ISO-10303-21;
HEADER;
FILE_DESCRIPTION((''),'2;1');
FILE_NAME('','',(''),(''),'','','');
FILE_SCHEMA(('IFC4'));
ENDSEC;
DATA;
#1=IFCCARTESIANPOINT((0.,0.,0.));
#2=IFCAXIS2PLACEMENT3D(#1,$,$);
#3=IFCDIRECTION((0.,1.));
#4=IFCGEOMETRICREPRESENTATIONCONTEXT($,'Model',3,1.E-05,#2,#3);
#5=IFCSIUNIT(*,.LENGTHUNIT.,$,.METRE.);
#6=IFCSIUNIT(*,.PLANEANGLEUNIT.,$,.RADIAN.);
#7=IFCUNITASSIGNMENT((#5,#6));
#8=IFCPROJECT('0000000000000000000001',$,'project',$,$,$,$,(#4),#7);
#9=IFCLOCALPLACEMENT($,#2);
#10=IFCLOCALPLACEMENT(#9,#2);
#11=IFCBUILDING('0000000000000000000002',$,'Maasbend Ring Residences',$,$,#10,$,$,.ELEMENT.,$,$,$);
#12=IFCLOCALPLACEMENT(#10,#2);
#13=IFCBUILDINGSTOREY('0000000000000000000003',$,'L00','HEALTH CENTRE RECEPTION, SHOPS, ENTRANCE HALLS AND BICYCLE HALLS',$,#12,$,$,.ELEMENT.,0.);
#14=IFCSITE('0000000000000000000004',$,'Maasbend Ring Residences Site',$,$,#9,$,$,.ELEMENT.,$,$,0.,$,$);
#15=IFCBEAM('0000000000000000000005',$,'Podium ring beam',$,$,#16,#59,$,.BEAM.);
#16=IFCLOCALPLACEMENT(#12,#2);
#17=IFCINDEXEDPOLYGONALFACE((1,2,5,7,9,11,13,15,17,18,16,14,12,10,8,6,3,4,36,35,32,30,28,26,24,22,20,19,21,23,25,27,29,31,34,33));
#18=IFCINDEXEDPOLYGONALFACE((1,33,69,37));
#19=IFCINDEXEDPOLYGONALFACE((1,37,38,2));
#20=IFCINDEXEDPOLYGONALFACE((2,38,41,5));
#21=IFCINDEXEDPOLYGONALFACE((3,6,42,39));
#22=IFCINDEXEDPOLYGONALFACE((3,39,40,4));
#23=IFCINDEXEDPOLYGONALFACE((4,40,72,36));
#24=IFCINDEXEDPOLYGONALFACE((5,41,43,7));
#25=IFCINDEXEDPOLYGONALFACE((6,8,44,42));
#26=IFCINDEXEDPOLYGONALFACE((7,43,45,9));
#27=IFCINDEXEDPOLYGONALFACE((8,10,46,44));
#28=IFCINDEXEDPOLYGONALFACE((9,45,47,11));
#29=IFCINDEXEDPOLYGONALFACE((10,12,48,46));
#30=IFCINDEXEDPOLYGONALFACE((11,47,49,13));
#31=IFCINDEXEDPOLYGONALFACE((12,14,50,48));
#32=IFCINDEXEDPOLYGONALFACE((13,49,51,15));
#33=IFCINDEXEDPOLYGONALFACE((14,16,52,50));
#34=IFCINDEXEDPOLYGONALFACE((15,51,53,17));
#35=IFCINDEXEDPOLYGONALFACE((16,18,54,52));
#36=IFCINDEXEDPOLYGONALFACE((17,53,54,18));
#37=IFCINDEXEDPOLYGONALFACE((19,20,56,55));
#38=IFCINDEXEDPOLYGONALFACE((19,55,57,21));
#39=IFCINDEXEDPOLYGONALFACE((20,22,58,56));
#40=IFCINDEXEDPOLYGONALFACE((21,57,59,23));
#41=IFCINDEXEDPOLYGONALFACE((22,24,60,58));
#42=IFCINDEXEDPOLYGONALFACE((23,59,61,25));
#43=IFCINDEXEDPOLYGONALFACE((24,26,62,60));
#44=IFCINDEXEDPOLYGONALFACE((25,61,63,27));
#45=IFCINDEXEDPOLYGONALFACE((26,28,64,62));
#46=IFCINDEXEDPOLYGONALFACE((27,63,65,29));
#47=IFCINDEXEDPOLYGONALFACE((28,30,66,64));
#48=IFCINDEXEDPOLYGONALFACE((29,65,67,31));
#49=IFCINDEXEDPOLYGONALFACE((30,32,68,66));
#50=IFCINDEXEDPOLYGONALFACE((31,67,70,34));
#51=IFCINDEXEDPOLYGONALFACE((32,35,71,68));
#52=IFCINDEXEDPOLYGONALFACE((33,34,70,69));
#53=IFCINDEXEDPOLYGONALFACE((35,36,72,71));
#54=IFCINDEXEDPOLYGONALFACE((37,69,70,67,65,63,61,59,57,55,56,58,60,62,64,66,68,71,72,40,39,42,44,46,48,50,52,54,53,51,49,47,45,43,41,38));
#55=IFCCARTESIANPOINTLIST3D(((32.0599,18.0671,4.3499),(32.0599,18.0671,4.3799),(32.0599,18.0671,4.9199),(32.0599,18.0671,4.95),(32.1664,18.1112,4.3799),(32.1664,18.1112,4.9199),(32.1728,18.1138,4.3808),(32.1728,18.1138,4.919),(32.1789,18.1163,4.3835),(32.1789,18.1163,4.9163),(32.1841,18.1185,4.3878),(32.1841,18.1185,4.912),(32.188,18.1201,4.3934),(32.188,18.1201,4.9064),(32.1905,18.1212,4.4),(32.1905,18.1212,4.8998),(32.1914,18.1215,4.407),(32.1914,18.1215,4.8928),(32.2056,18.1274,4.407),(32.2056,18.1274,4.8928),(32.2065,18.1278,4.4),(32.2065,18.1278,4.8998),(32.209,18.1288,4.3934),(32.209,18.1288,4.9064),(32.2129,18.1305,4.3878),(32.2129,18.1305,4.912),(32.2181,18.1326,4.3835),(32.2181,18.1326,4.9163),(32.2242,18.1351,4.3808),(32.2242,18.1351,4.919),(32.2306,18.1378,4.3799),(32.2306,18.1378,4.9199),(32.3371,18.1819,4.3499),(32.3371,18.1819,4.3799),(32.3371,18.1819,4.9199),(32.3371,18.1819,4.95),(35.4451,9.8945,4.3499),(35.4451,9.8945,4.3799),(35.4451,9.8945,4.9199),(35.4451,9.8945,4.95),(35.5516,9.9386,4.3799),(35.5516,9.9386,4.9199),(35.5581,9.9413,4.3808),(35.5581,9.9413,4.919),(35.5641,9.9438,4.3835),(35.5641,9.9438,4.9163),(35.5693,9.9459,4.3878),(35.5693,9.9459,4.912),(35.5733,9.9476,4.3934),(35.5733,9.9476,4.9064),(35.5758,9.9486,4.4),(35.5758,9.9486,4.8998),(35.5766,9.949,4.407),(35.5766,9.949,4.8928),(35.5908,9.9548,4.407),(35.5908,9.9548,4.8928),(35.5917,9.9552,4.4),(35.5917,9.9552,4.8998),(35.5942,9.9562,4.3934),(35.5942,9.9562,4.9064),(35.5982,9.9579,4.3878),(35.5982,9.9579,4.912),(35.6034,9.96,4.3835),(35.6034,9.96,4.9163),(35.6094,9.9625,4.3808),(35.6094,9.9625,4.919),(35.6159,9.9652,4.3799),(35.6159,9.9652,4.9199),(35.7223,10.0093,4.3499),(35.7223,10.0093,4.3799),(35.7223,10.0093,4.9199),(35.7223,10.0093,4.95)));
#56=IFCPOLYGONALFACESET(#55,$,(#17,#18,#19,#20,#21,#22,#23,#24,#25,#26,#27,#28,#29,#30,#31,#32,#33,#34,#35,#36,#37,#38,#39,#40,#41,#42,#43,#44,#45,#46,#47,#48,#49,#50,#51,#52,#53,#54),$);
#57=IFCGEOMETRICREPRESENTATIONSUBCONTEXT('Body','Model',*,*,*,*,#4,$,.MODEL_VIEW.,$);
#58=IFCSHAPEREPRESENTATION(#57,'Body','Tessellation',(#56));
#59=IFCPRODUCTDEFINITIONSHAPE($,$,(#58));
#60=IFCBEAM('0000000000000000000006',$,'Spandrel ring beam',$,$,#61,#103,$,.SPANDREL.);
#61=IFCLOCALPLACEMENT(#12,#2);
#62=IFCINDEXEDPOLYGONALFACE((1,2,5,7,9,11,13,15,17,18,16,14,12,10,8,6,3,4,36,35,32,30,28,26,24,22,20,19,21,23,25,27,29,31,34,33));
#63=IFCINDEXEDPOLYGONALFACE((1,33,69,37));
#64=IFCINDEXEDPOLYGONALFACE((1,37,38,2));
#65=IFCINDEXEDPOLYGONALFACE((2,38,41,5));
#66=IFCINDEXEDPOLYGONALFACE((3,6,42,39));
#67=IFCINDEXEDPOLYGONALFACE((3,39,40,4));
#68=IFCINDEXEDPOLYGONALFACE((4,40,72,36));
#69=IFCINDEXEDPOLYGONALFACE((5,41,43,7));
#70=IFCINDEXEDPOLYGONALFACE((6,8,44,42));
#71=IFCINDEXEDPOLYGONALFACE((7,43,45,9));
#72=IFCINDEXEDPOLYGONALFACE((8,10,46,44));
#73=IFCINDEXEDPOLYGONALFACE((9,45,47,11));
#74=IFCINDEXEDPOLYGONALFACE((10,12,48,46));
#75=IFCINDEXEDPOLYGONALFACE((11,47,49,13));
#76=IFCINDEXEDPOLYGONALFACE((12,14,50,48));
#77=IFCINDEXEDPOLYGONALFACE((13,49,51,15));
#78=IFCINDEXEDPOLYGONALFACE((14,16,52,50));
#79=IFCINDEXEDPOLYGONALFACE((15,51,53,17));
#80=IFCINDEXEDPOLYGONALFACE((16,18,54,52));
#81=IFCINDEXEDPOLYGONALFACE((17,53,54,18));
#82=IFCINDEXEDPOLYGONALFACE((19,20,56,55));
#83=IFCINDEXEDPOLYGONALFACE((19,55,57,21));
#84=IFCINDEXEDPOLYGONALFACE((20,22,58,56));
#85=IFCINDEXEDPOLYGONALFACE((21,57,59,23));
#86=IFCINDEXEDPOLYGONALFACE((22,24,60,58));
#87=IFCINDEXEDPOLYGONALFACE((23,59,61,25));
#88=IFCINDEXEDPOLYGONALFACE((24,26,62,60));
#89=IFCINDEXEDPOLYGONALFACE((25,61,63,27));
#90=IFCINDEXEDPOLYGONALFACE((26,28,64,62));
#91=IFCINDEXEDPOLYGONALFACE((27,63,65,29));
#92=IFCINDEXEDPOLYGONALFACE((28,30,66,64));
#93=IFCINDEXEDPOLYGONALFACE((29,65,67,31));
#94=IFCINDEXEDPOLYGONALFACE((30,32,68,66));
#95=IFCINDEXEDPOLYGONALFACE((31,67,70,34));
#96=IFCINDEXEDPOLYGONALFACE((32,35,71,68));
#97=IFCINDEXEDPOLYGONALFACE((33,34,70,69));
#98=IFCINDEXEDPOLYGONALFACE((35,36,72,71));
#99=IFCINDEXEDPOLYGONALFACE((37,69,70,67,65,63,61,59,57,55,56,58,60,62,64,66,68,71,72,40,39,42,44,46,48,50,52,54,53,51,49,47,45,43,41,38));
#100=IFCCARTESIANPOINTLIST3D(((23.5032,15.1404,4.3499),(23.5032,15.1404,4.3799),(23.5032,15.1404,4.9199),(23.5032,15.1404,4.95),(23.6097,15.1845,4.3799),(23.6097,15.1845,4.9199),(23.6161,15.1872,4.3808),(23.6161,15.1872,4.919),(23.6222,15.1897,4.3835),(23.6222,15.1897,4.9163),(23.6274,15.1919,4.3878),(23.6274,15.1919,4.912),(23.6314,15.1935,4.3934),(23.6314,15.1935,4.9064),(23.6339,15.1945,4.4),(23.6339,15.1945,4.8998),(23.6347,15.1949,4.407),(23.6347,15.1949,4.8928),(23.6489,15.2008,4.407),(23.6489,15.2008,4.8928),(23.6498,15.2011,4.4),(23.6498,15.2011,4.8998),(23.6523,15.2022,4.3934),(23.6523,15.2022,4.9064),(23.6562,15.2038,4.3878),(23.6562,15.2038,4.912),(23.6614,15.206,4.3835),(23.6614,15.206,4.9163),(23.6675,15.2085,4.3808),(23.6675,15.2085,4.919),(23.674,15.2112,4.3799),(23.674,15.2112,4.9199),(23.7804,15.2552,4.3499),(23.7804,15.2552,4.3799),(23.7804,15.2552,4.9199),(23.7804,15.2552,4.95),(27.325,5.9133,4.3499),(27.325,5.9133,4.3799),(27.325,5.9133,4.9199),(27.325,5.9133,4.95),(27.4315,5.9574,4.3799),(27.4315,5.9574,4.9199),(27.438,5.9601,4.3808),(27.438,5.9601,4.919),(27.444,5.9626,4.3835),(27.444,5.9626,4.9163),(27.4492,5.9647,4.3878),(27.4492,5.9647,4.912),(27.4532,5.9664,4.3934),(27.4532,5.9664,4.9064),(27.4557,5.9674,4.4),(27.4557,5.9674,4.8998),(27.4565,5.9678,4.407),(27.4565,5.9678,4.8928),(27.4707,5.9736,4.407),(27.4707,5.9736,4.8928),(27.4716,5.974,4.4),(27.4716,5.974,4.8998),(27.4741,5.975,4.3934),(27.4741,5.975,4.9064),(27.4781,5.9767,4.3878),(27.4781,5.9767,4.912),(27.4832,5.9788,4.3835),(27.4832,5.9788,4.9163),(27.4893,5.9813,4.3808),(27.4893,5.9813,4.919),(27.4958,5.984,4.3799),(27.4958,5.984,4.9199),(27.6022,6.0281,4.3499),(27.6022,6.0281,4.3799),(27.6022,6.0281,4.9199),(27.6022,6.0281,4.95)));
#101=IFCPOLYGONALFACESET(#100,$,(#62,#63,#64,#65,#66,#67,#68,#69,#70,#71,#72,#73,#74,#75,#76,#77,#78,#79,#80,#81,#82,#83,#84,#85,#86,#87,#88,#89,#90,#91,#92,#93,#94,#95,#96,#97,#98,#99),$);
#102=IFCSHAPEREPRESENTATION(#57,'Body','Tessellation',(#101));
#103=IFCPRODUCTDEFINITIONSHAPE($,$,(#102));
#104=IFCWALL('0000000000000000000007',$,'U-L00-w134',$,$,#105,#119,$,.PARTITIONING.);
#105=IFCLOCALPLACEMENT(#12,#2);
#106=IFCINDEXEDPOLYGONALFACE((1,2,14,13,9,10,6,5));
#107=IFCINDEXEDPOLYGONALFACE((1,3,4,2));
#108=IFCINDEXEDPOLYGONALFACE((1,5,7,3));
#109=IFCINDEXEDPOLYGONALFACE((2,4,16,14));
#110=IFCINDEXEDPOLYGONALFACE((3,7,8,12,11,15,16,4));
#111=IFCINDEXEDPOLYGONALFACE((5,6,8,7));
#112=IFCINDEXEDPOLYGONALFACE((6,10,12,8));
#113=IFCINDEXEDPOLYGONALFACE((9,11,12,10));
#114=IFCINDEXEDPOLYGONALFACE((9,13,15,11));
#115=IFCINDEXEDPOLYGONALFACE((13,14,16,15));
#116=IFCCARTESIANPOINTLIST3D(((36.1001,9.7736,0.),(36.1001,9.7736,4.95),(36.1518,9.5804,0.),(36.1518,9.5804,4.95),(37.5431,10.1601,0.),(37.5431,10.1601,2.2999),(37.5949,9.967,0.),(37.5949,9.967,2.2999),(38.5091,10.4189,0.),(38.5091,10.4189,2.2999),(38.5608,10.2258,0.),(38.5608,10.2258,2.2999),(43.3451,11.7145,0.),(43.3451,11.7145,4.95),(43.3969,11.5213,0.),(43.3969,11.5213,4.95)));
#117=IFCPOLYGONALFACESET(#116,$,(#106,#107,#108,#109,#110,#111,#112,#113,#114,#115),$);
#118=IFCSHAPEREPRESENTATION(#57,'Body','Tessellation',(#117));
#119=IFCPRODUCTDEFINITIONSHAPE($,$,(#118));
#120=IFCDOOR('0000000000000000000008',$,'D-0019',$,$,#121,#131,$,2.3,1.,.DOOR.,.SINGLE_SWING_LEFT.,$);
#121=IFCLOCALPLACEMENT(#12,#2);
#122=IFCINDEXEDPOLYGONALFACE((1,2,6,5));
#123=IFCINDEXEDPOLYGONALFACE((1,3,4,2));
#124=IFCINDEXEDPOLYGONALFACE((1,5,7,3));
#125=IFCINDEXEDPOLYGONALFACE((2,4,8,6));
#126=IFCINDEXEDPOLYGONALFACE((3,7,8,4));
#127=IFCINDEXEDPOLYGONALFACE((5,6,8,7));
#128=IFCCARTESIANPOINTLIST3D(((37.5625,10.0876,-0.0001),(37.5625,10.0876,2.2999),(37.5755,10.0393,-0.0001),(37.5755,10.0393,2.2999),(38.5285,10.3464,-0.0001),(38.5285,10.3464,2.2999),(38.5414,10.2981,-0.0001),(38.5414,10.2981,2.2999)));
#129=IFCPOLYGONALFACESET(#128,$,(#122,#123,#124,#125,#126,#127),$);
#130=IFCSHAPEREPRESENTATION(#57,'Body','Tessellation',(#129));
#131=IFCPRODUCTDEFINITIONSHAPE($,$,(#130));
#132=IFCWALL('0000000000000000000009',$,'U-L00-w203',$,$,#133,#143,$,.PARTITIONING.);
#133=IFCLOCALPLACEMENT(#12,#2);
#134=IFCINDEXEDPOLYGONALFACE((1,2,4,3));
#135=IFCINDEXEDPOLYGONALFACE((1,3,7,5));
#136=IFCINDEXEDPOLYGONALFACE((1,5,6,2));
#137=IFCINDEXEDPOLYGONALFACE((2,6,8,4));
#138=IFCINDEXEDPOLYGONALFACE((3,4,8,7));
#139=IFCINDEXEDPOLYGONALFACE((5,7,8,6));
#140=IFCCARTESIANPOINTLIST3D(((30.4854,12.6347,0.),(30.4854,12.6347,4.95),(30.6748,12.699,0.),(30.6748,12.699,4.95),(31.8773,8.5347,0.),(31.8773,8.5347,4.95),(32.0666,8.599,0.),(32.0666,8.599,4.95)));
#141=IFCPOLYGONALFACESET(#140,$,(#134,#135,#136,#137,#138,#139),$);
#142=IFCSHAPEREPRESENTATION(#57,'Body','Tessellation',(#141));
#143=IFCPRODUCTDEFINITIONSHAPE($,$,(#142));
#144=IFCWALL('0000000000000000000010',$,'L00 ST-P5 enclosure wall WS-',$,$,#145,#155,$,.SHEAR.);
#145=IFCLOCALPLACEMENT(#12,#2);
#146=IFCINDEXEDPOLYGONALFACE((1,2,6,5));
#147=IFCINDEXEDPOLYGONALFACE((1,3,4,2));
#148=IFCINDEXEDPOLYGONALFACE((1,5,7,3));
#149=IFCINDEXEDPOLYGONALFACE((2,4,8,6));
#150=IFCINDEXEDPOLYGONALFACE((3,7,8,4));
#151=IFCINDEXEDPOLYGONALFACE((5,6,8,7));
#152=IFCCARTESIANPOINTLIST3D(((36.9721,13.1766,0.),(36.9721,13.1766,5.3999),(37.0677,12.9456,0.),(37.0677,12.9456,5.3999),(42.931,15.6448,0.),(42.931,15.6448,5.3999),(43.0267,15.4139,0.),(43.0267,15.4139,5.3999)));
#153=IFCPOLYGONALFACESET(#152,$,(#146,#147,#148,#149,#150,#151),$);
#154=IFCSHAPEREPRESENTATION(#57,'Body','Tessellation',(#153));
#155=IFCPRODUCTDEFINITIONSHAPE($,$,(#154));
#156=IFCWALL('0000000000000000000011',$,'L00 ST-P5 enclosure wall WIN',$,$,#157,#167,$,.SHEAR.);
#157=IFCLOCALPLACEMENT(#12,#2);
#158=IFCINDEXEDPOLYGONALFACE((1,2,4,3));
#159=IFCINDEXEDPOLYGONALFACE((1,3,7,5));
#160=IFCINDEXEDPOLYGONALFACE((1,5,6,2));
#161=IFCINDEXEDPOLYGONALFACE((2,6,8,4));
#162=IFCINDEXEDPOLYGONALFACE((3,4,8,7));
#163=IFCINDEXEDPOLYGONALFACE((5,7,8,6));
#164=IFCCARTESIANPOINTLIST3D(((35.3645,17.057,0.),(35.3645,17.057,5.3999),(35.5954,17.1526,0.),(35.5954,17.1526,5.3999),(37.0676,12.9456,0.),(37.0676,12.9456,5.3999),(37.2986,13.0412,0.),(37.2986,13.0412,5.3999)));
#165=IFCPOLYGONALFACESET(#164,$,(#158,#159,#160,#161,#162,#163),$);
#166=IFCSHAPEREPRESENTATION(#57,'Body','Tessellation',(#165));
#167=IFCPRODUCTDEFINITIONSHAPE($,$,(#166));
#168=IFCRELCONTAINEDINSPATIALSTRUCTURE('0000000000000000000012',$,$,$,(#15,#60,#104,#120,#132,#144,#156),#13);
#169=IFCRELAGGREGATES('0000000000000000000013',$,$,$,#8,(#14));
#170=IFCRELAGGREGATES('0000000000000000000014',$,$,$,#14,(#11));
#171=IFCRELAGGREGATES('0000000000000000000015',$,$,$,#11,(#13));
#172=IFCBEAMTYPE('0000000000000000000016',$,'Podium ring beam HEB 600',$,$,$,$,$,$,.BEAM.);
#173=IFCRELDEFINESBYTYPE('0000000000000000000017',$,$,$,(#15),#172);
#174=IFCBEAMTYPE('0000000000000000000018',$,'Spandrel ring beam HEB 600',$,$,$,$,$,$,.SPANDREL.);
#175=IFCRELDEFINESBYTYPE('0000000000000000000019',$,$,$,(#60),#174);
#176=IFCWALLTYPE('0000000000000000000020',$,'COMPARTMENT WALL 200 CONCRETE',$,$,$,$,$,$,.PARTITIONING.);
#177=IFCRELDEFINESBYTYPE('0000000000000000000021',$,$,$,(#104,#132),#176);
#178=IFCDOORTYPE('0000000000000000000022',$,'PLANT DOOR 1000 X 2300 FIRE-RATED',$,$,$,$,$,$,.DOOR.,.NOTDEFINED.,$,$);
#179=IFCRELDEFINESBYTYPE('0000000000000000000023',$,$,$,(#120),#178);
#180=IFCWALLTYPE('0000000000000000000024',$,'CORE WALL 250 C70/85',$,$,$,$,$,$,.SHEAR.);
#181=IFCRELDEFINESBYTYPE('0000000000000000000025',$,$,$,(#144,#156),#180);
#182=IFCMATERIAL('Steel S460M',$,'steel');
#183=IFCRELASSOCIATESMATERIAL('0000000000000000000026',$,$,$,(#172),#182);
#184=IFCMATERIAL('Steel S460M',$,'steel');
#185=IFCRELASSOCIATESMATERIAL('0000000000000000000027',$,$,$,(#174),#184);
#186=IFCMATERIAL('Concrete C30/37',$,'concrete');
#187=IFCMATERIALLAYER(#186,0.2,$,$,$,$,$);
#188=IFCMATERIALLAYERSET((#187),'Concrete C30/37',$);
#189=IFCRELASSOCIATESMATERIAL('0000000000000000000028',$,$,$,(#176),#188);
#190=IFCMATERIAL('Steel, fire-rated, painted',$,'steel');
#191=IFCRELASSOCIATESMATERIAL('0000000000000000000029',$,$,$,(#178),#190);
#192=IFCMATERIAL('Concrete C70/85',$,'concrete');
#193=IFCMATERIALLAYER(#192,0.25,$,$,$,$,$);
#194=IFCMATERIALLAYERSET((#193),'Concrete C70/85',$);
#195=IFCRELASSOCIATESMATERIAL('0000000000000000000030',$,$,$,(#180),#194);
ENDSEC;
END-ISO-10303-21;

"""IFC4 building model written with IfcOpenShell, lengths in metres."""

from ifc_helpers import new_model, si_unit, direction, frame, frame_2d, origin, origin_2d, place, context, subcontext, project, spatial, rectangle, i_section, extrude, material, layer, layer_set, material_profile, profile_set, type_object, element, fill, save


model = new_model("IFC4")

# Units and contexts
model_context = context("Model", 3, precision=1e-05, world=origin(), true_north=direction((0.0, 1.0)))
body_context = subcontext(model_context, "Body", "Model", "MODEL_VIEW")
ifc_project = project(units=[si_unit("LENGTHUNIT", "METRE"), si_unit("PLANEANGLEUNIT", "RADIAN")], contexts=[model_context])

# Site, building, storey
site_placement = place(None, origin())
site = spatial("IfcSite", under=ifc_project, at=site_placement, Name="Maasbend Ring Residences Site", CompositionType="ELEMENT", RefElevation=0.0)
building_placement = place(site_placement, origin())
building = spatial("IfcBuilding", under=site, at=building_placement, Name="Maasbend Ring Residences", CompositionType="ELEMENT")
storey_placement = place(building_placement, origin())
storey = spatial("IfcBuildingStorey", under=building, at=storey_placement, Name="L00", Description="HEALTH CENTRE RECEPTION, SHOPS, ENTRANCE HALLS AND BICYCLE HALLS", CompositionType="ELEMENT", Elevation=0.0)

# Beams
ifc_material_1 = material(Name="Steel S460M", Category="steel")
ifc_material_profile_1 = material_profile(ifc_material_1, i_section(OverallWidth=0.3, OverallDepth=0.6001, WebThickness=0.0154, FlangeThickness=0.03, FilletRadius=0.0271, at=origin_2d()), Name="HEB 600")
ifc_profile_set_1 = profile_set([ifc_material_profile_1], Name="Steel S460M")
beam_type_1 = type_object("IfcBeamType", Name="Podium ring beam HEB 600", PredefinedType="BEAM", material=ifc_profile_set_1)
for number, where, z_axis, x_axis, name in (
    (1, (35.5837, 9.9519, 4.6499), (-0.382688, 0.923878, 0.0), (-0.923878, -0.382688, 0.0), "Podium ring beam"),
):
    element("IfcBeam", number, at=place(storey_placement, frame(where, z_axis=z_axis, x_axis=x_axis)), inside=storey, type_object=beam_type_1, Name=name, PredefinedType="BEAM", context=body_context, shape_type="SweptSolid", body=[
        extrude(i_section(OverallWidth=0.3, OverallDepth=0.6001, WebThickness=0.0154, FlangeThickness=0.03, FilletRadius=0.0271, at=origin_2d()), origin(), (0.0, 0.0, 1.0), 8.8459),
    ])
ifc_material_2 = material(Name="Steel S460M", Category="steel")
ifc_material_profile_2 = material_profile(ifc_material_2, i_section(OverallWidth=0.3, OverallDepth=0.6001, WebThickness=0.0154, FlangeThickness=0.03, FilletRadius=0.0271, at=origin_2d()), Name="HEB 600")
ifc_profile_set_2 = profile_set([ifc_material_profile_2], Name="Steel S460M")
beam_type_2 = type_object("IfcBeamType", Name="Spandrel ring beam HEB 600", PredefinedType="SPANDREL", material=ifc_profile_set_2)
beam_1_placement = place(storey_placement, frame((27.4636, 5.9707, 4.6499), z_axis=(-0.382667, 0.923886, 0.0), x_axis=(-0.923886, -0.382667, 0.0)))
element("IfcBeam", 2, at=beam_1_placement, inside=storey, type_object=beam_type_2, Name="Spandrel ring beam", PredefinedType="SPANDREL", context=body_context, shape_type="SweptSolid", body=[
    extrude(i_section(OverallWidth=0.3, OverallDepth=0.6001, WebThickness=0.0154, FlangeThickness=0.03, FilletRadius=0.0271, at=origin_2d()), origin(), (0.0, 0.0, 1.0), 9.9873),
])

# Wall, opening, door
ifc_material_3 = material(Name="Concrete C30/37", Category="concrete")
ifc_layer_1 = layer(ifc_material_3, 0.2)
ifc_layer_set_1 = layer_set([ifc_layer_1], Name="Concrete C30/37")
wall_type_1 = type_object("IfcWallType", Name="COMPARTMENT WALL 200 CONCRETE", PredefinedType="PARTITIONING", material=ifc_layer_set_1)
wall_1_placement = place(storey_placement, frame((36.126, 9.677, 0.0), z_axis=(0.0, 0.0, 1.0), x_axis=(0.965939, 0.258769, 0.0)))
wall_1 = element("IfcWall", 3, at=wall_1_placement, inside=storey, type_object=wall_type_1, Name="U-L00-w134", PredefinedType="PARTITIONING", context=body_context, shape_type="SweptSolid", body=[
    extrude(rectangle(XDim=7.5005, YDim=0.2, at=frame_2d((3.7502, 0.0))), origin(), (0.0, 0.0, 1.0), 4.95),
])
opening_1_placement = place(wall_1_placement, frame((1.4939, 0.0, 0.0)))
opening_1 = element("IfcOpeningElement", 4, at=opening_1_placement, cuts=wall_1, PredefinedType="OPENING", context=body_context, shape_type="SweptSolid", body=[
    extrude(rectangle(XDim=1.0, YDim=2.3, at=frame_2d((0.5, 1.1499))), frame((0.0, 0.1099, 0.0), z_axis=(0.0, -1.0, 0.0), x_axis=(1.0, 0.0, 0.0)), (0.0, 0.0, 1.0), 0.22),
])
ifc_material_4 = material(Name="Steel, fire-rated, painted", Category="steel")
door_type_1 = type_object("IfcDoorType", Name="PLANT DOOR 1000 X 2300 FIRE-RATED", OperationType="NOTDEFINED", PredefinedType="DOOR", material=ifc_material_4)
door_1_placement = place(opening_1_placement, origin())
door_1 = element("IfcDoor", 5, at=door_1_placement, inside=storey, type_object=door_type_1, Name="D-0019", OperationType="SINGLE_SWING_LEFT", OverallHeight=2.3, OverallWidth=1.0, PredefinedType="DOOR", context=body_context, shape_type="SweptSolid", body=[
    extrude(rectangle(XDim=1.0, YDim=2.3, at=frame_2d((0.5, 1.1499))), frame((0.0, 0.0249, 0.0), z_axis=(0.0, -1.0, 0.0), x_axis=(1.0, 0.0, 0.0)), (0.0, 0.0, 1.0), 0.05),
])
fill(opening_1, door_1)

# Walls
wall_2_placement = place(storey_placement, frame((30.5801, 12.667, 0.0), z_axis=(0.0, 0.0, 1.0), x_axis=(0.32145, -0.946927, 0.0)))
element("IfcWall", 6, at=wall_2_placement, inside=storey, type_object=wall_type_1, Name="U-L00-w203", PredefinedType="PARTITIONING", context=body_context, shape_type="SweptSolid", body=[
    extrude(rectangle(XDim=4.3298, YDim=0.2, at=frame_2d((2.165, 0.0))), origin(), (0.0, 0.0, 1.0), 4.95),
])
ifc_material_5 = material(Name="Concrete C70/85", Category="concrete")
ifc_layer_2 = layer(ifc_material_5, 0.25)
ifc_layer_set_2 = layer_set([ifc_layer_2], Name="Concrete C70/85")
wall_type_2 = type_object("IfcWallType", Name="CORE WALL 250 C70/85", PredefinedType="SHEAR", material=ifc_layer_set_2)
wall_3_placement = place(storey_placement, frame((37.0198, 13.061, 0.0), z_axis=(0.0, 0.0, 1.0), x_axis=(0.923881, 0.382679, 0.0)))
element("IfcWall", 7, at=wall_3_placement, inside=storey, type_object=wall_type_2, Name="L00 ST-P5 enclosure wall WS-", PredefinedType="SHEAR", context=body_context, shape_type="SweptSolid", body=[
    extrude(rectangle(XDim=6.45, YDim=0.25, at=frame_2d((3.2251, 0.0))), origin(), (0.0, 0.0, 1.0), 5.3999),
])
wall_4_placement = place(storey_placement, frame((37.1831, 12.9934, 0.0), z_axis=(0.0, 0.0, 1.0), x_axis=(-0.382714, 0.923867, 0.0)))
element("IfcWall", 8, at=wall_4_placement, inside=storey, type_object=wall_type_2, Name="L00 ST-P5 enclosure wall WIN", PredefinedType="SHEAR", context=body_context, shape_type="SweptSolid", body=[
    extrude(rectangle(XDim=4.4502, YDim=0.25, at=frame_2d((2.2251, 0.0))), origin(), (0.0, 0.0, 1.0), 5.3999),
])

save(model, "model.ifc")
